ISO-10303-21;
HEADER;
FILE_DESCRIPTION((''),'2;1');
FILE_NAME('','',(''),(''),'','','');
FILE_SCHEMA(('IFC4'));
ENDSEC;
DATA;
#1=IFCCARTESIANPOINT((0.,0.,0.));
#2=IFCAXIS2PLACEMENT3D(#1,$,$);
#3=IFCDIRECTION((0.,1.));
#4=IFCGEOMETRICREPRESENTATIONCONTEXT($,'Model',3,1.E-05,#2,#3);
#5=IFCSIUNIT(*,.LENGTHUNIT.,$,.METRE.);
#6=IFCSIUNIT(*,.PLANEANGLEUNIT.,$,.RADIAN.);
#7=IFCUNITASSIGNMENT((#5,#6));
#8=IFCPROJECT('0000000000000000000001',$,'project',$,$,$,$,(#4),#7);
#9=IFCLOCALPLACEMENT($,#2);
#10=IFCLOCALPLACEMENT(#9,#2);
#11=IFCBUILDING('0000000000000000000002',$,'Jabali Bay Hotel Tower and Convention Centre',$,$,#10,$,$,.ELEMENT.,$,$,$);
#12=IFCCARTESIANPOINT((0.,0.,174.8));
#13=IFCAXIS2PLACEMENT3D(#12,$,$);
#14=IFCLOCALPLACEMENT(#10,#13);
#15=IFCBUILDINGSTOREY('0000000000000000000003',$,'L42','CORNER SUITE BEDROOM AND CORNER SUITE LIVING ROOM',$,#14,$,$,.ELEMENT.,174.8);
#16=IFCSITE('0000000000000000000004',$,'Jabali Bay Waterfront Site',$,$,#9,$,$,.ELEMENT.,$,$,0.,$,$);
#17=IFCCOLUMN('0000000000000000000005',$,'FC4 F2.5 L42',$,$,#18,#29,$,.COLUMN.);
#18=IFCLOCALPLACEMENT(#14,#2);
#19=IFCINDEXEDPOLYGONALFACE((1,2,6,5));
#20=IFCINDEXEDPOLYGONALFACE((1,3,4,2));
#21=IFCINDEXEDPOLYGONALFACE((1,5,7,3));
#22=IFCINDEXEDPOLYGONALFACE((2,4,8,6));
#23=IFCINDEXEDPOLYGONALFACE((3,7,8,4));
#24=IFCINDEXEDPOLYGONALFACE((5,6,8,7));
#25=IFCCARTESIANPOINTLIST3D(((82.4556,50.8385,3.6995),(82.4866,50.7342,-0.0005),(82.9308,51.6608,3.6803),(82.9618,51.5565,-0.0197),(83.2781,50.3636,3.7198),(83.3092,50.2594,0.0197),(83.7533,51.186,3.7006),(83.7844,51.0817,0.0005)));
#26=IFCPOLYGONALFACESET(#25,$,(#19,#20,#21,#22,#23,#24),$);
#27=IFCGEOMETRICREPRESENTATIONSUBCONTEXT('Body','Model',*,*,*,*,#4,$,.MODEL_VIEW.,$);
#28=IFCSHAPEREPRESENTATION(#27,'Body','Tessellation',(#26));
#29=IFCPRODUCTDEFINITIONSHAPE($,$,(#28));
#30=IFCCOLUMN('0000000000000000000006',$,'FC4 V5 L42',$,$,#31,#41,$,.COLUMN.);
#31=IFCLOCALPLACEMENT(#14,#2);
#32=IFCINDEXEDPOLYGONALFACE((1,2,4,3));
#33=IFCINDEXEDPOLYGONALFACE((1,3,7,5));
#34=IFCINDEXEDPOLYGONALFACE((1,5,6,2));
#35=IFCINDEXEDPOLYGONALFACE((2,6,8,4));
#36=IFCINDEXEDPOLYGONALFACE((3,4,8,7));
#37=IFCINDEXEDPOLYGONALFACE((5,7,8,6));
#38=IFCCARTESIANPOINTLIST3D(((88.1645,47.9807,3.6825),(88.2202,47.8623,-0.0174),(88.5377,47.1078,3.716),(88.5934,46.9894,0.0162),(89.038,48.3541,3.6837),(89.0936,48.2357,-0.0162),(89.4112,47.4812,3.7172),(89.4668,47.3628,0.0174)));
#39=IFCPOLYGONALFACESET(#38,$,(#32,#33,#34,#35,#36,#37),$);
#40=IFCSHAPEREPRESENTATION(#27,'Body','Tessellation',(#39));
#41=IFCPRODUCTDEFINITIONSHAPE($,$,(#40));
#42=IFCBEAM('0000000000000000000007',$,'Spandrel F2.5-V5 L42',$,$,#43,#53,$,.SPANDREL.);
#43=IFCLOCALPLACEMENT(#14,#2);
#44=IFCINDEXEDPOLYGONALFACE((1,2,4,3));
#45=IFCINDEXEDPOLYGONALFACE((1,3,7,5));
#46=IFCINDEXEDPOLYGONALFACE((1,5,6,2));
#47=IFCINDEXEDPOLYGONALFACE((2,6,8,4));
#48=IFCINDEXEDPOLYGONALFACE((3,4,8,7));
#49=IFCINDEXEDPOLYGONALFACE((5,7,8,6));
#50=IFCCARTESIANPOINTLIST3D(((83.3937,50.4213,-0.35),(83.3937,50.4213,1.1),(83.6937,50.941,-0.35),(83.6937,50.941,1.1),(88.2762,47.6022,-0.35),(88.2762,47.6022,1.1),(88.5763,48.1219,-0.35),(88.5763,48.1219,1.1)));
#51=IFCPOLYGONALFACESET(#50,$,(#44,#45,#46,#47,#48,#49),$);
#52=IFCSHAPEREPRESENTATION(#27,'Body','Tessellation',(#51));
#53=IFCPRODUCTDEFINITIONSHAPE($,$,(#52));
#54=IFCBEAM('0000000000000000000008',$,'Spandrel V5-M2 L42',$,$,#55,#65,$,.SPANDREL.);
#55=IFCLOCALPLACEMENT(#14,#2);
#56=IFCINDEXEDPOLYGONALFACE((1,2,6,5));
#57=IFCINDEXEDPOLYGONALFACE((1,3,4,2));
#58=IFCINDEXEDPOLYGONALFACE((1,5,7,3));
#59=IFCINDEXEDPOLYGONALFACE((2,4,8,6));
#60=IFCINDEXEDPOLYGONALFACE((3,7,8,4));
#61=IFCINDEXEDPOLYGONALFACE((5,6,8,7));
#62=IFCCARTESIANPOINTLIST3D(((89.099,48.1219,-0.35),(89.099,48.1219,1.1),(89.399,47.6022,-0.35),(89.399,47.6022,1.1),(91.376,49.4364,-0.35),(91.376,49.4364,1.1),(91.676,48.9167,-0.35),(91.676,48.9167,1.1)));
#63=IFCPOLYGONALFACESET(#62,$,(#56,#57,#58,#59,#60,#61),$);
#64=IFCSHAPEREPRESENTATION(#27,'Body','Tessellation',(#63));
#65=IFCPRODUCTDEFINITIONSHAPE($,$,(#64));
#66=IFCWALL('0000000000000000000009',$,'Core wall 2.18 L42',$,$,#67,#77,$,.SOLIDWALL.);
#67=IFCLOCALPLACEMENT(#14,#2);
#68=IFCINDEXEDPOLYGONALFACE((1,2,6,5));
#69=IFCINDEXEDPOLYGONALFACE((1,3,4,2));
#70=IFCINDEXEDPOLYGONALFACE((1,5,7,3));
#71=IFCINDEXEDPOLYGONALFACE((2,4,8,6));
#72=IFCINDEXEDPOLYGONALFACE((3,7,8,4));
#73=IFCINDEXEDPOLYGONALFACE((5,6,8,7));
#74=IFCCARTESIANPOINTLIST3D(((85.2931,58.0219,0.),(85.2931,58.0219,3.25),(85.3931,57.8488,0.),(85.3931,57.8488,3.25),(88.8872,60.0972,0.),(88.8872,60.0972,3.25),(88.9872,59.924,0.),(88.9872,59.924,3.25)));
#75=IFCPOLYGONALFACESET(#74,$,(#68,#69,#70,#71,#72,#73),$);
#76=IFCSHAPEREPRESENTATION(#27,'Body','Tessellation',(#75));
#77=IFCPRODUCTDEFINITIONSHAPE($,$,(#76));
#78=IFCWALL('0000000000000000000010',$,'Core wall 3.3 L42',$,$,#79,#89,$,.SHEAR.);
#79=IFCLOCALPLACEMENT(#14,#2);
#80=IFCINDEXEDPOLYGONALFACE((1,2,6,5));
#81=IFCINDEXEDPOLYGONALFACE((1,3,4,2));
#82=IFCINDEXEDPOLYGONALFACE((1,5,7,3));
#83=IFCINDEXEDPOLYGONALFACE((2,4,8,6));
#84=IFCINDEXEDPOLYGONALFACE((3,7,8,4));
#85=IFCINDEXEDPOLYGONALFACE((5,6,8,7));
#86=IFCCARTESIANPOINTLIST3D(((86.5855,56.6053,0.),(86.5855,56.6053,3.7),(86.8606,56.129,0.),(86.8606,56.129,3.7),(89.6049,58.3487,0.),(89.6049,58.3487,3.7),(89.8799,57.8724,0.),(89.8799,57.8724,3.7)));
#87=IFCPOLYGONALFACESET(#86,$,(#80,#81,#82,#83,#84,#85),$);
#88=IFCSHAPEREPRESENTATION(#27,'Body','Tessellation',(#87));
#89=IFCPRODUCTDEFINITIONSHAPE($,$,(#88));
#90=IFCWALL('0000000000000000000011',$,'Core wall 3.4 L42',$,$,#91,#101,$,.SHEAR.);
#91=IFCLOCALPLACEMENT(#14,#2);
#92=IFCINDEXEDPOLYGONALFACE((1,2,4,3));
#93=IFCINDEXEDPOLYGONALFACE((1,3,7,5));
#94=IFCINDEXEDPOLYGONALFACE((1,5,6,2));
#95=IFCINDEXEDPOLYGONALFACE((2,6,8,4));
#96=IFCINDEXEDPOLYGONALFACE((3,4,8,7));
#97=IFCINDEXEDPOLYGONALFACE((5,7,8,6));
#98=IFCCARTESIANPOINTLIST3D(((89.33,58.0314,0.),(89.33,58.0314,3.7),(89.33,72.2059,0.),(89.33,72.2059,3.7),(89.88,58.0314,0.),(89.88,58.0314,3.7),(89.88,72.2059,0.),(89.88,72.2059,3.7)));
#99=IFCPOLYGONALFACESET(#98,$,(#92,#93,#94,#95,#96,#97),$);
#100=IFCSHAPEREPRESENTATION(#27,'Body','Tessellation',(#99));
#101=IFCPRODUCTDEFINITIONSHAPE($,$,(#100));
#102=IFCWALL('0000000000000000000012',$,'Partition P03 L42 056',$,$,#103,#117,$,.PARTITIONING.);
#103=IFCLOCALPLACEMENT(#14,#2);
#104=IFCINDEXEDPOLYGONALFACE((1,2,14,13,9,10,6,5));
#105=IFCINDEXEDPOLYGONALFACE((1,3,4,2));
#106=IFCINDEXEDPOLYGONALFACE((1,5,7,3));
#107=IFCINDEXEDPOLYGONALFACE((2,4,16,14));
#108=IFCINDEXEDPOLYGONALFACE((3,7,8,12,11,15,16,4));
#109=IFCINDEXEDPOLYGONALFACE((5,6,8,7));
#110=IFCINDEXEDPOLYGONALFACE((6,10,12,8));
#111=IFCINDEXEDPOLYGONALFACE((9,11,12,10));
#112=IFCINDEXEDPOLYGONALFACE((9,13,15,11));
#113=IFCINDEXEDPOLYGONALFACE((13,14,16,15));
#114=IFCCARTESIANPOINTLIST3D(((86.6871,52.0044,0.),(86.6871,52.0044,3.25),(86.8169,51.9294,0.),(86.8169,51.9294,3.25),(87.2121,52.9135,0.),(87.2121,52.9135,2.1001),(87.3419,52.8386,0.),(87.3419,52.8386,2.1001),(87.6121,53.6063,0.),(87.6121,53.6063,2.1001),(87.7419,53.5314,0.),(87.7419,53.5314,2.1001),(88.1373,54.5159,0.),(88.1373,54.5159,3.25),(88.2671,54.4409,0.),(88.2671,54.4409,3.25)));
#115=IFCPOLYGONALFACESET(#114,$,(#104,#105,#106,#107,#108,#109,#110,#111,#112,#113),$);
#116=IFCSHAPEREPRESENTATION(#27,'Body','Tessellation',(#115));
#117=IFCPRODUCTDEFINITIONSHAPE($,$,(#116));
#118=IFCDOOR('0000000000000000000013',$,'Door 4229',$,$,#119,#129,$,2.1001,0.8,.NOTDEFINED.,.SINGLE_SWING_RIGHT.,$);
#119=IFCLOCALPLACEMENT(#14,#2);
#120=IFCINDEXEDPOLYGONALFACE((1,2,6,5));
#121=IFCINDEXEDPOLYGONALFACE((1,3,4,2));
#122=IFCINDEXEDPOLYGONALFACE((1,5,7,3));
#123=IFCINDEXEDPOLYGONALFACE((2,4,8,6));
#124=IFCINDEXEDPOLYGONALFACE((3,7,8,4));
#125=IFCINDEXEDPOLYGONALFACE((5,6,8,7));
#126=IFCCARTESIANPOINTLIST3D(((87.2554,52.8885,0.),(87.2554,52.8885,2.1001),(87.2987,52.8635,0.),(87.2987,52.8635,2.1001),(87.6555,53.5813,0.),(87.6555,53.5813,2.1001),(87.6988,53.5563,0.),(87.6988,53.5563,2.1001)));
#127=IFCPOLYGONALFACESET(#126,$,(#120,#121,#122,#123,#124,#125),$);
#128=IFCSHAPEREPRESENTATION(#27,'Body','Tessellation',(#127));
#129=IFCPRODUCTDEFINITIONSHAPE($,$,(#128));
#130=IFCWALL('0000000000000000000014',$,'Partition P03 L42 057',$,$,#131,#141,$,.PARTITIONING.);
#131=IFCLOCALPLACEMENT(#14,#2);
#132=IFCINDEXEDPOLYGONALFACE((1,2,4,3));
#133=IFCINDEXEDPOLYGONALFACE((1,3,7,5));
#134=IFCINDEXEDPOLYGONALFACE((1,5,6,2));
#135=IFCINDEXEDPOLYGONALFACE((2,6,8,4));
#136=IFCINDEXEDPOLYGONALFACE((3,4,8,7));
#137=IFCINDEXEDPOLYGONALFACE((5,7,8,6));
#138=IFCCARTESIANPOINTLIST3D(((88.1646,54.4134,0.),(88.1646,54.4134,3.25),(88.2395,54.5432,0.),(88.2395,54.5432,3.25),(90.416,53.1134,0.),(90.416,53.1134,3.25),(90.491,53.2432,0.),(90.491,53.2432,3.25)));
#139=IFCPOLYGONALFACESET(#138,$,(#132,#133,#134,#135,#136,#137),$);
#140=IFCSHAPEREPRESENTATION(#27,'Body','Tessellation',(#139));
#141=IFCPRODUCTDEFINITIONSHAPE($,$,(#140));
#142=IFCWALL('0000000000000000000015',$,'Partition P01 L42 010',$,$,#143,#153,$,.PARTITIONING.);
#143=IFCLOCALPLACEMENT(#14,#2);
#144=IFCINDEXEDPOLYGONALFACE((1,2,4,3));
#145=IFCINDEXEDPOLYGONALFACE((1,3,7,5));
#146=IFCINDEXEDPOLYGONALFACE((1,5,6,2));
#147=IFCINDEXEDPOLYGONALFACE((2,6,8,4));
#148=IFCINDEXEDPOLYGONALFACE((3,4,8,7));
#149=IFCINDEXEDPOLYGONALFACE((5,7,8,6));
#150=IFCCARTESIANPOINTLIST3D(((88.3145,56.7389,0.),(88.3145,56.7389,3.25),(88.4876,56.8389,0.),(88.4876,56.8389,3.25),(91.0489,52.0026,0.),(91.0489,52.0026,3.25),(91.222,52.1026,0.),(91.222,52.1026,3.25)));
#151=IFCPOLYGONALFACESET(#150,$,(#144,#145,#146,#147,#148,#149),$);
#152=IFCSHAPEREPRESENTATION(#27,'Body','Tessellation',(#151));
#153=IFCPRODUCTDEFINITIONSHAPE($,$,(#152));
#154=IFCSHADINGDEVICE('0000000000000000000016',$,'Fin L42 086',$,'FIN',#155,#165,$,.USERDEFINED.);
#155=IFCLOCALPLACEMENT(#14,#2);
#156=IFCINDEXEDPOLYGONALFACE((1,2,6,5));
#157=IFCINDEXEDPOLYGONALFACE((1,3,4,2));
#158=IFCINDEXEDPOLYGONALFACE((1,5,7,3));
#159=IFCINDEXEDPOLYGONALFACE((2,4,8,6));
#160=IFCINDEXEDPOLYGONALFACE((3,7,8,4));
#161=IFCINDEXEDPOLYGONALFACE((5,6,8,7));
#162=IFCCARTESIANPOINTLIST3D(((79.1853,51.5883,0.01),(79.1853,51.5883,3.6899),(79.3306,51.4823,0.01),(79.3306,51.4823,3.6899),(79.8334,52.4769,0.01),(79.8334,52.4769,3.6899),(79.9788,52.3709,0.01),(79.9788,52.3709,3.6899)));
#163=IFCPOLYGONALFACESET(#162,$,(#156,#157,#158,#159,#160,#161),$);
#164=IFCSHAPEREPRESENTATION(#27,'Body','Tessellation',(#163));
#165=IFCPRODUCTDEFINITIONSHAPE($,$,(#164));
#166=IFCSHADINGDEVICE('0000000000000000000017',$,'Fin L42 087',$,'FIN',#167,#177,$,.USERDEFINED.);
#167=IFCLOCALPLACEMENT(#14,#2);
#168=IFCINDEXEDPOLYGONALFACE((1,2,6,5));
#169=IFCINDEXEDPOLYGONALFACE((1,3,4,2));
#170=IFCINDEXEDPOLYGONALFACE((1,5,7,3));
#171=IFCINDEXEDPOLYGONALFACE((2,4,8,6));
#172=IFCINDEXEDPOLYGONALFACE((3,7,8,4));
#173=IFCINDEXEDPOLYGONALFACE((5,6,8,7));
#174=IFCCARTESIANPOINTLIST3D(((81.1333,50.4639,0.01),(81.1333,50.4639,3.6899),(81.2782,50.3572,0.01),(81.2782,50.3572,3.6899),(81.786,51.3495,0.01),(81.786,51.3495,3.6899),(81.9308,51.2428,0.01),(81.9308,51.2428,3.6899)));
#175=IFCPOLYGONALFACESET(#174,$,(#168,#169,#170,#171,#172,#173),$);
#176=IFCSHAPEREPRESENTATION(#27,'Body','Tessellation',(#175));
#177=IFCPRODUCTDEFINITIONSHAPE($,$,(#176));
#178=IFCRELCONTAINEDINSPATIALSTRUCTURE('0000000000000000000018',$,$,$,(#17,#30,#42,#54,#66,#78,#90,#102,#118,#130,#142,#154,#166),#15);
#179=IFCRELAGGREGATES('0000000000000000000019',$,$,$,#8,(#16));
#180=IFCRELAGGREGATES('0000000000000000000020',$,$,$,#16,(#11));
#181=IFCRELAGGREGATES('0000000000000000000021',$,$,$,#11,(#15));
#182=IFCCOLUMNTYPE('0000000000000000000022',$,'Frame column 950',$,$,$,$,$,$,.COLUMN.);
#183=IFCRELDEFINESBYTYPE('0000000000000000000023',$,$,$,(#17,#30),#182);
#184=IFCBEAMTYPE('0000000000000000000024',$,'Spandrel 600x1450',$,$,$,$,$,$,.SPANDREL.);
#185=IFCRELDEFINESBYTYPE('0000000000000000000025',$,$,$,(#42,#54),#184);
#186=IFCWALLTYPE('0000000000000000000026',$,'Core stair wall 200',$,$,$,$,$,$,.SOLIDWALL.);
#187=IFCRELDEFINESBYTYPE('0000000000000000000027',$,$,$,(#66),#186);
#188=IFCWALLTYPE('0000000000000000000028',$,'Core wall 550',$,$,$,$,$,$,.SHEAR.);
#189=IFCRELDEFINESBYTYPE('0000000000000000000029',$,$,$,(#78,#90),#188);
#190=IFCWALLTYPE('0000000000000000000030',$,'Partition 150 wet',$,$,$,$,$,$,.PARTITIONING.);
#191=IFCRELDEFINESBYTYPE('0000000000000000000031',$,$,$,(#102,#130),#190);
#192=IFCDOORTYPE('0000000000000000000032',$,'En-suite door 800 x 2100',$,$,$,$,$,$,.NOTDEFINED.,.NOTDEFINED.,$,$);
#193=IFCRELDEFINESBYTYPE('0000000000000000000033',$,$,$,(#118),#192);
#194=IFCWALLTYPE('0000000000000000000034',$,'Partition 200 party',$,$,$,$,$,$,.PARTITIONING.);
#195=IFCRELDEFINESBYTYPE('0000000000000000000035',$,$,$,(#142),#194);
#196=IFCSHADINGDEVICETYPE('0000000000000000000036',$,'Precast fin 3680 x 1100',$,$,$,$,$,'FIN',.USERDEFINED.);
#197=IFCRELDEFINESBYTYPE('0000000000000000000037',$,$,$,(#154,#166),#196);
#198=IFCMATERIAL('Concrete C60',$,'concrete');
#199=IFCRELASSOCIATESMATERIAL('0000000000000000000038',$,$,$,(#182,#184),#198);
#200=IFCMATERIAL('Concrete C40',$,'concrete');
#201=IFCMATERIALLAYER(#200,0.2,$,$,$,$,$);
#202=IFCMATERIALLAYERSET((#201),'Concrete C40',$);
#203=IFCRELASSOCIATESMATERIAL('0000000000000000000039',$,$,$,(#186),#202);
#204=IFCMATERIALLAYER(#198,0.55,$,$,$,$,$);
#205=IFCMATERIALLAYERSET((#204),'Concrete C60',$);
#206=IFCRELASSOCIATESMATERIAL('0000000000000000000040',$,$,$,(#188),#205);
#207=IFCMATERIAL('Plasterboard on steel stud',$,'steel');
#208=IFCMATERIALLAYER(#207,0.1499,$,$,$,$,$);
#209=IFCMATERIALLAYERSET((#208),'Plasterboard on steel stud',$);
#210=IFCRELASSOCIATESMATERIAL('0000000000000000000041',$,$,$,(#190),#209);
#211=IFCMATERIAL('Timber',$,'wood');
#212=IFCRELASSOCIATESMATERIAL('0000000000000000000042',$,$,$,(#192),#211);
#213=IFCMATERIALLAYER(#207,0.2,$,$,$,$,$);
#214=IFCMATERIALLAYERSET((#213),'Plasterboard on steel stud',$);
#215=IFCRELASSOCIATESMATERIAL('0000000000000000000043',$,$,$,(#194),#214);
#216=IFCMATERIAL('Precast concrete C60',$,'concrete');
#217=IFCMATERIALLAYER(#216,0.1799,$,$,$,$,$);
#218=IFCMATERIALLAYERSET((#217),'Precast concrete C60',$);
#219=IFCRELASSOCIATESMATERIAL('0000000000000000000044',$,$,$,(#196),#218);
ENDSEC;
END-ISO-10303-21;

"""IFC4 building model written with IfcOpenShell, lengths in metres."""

from ifc_helpers import new_model, si_unit, direction, frame, frame_2d, origin, origin_2d, place, context, subcontext, project, spatial, rectangle, extrude, material, layer, layer_set, material_profile, profile_set, type_object, element, fill, save


model = new_model("IFC4")

# Units and contexts
model_context = context("Model", 3, precision=1e-05, world=origin(), true_north=direction((0.0, 1.0)))
body_context = subcontext(model_context, "Body", "Model", "MODEL_VIEW")
ifc_project = project(units=[si_unit("LENGTHUNIT", "METRE"), si_unit("PLANEANGLEUNIT", "RADIAN")], contexts=[model_context])

# Site, building, storey
site_placement = place(None, origin())
site = spatial("IfcSite", under=ifc_project, at=site_placement, Name="Jabali Bay Waterfront Site", CompositionType="ELEMENT", RefElevation=0.0)
building_placement = place(site_placement, origin())
building = spatial("IfcBuilding", under=site, at=building_placement, Name="Jabali Bay Hotel Tower and Convention Centre", CompositionType="ELEMENT")
storey_placement = place(building_placement, frame((0.0, 0.0, 174.8)))
storey = spatial("IfcBuildingStorey", under=building, at=storey_placement, Name="L42", Description="CORNER SUITE BEDROOM AND CORNER SUITE LIVING ROOM", CompositionType="ELEMENT", Elevation=174.8)

# Columns
ifc_material_1 = material(Name="Concrete C60", Category="concrete")
ifc_material_profile_1 = material_profile(ifc_material_1, rectangle(XDim=0.95, YDim=0.95, at=origin_2d()), Name="Frame column 950")
ifc_profile_set_1 = profile_set([ifc_material_profile_1], Name="Concrete C60")
column_type = type_object("IfcColumnType", Name="Frame column 950", PredefinedType="COLUMN", material=ifc_profile_set_1)
column_1_placement = place(storey_placement, frame((83.1355, 50.908, 0.0), z_axis=(-0.008376, 0.028163, 0.999568), x_axis=(-0.500235, -0.865654, 0.020198)))
element("IfcColumn", 1, at=column_1_placement, inside=storey, type_object=column_type, Name="FC4 F2.5 L42", PredefinedType="COLUMN", context=body_context, shape_type="SweptSolid", body=[
    extrude(rectangle(XDim=0.95, YDim=0.95, at=origin_2d()), origin(), (0.0, 0.0, 1.0), 3.7017),
])
column_2_placement = place(storey_placement, frame((88.8435, 47.6125, 0.0), z_axis=(-0.015035, 0.031983, 0.999375), x_axis=(0.39284, -0.918929, 0.035318)))
element("IfcColumn", 2, at=column_2_placement, inside=storey, type_object=column_type, Name="FC4 V5 L42", PredefinedType="COLUMN", context=body_context, shape_type="SweptSolid", body=[
    extrude(rectangle(XDim=0.95, YDim=0.95, at=origin_2d()), origin(), (0.0, 0.0, 1.0), 3.7021),
])

# Beams
ifc_material_profile_2 = material_profile(ifc_material_1, rectangle(XDim=0.6001, YDim=1.45, at=origin_2d()), Name="Spandrel 600x1450")
ifc_profile_set_2 = profile_set([ifc_material_profile_2], Name="Concrete C60")
beam_type = type_object("IfcBeamType", Name="Spandrel 600x1450", PredefinedType="SPANDREL", material=ifc_profile_set_2)
beam_1_placement = place(storey_placement, frame((83.5437, 50.6812, 0.375), z_axis=(0.866015, -0.500019, 0.0), x_axis=(0.500019, 0.866015, 0.0)))
element("IfcBeam", 3, at=beam_1_placement, inside=storey, type_object=beam_type, Name="Spandrel F2.5-V5 L42", PredefinedType="SPANDREL", context=body_context, shape_type="SweptSolid", body=[
    extrude(rectangle(XDim=0.6001, YDim=1.45, at=origin_2d()), origin(), (0.0, 0.0, 1.0), 5.6379),
])
beam_2_placement = place(storey_placement, frame((89.249, 47.8621, 0.375), z_axis=(0.86604, 0.499974, 0.0), x_axis=(-0.499974, 0.86604, 0.0)))
element("IfcBeam", 4, at=beam_2_placement, inside=storey, type_object=beam_type, Name="Spandrel V5-M2 L42", PredefinedType="SPANDREL", context=body_context, shape_type="SweptSolid", body=[
    extrude(rectangle(XDim=0.6001, YDim=1.45, at=origin_2d()), origin(), (0.0, 0.0, 1.0), 2.6292),
])

# Walls
ifc_material_2 = material(Name="Concrete C40", Category="concrete")
ifc_layer_1 = layer(ifc_material_2, 0.2)
ifc_layer_set_1 = layer_set([ifc_layer_1], Name="Concrete C40")
wall_type_1 = type_object("IfcWallType", Name="Core stair wall 200", PredefinedType="SOLIDWALL", material=ifc_layer_set_1)
wall_1_placement = place(storey_placement, frame((85.343, 57.9353, 0.0), z_axis=(0.0, 0.0, 1.0), x_axis=(0.866004, 0.500036, 0.0)))
element("IfcWall", 5, at=wall_1_placement, inside=storey, type_object=wall_type_1, Name="Core wall 2.18 L42", PredefinedType="SOLIDWALL", context=body_context, shape_type="SweptSolid", body=[
    extrude(rectangle(XDim=4.1501, YDim=0.2, at=frame_2d((2.0752, 0.0))), origin(), (0.0, 0.0, 1.0), 3.25),
])
ifc_layer_2 = layer(ifc_material_1, 0.55)
ifc_layer_set_2 = layer_set([ifc_layer_2], Name="Concrete C60")
wall_type_2 = type_object("IfcWallType", Name="Core wall 550", PredefinedType="SHEAR", material=ifc_layer_set_2)
wall_2_placement = place(storey_placement, frame((86.7231, 56.3672, 0.0), z_axis=(0.0, 0.0, 1.0), x_axis=(0.865998, 0.500048, 0.0)))
element("IfcWall", 6, at=wall_2_placement, inside=storey, type_object=wall_type_2, Name="Core wall 3.3 L42", PredefinedType="SHEAR", context=body_context, shape_type="SweptSolid", body=[
    extrude(rectangle(XDim=3.4866, YDim=0.55, at=frame_2d((1.7432, 0.0))), origin(), (0.0, 0.0, 1.0), 3.7),
])
wall_3_placement = place(storey_placement, frame((89.605, 58.0312, 0.0), z_axis=(0.0, 0.0, 1.0), x_axis=(0.0, 1.0, 0.0)))
element("IfcWall", 7, at=wall_3_placement, inside=storey, type_object=wall_type_2, Name="Core wall 3.4 L42", PredefinedType="SHEAR", context=body_context, shape_type="SweptSolid", body=[
    extrude(rectangle(XDim=14.1746, YDim=0.55, at=frame_2d((7.0874, 0.0))), origin(), (0.0, 0.0, 1.0), 3.7),
])

# Wall, opening, door
ifc_material_3 = material(Name="Plasterboard on steel stud", Category="steel")
ifc_layer_3 = layer(ifc_material_3, 0.1499)
ifc_layer_set_3 = layer_set([ifc_layer_3], Name="Plasterboard on steel stud")
wall_type_3 = type_object("IfcWallType", Name="Partition 150 wet", PredefinedType="PARTITIONING", material=ifc_layer_set_3)
wall_4_placement = place(storey_placement, frame((86.752, 51.9668, 0.0), z_axis=(0.0, 0.0, 1.0), x_axis=(0.50005, 0.865996, 0.0)))
wall_4 = element("IfcWall", 8, at=wall_4_placement, inside=storey, type_object=wall_type_3, Name="Partition P03 L42 056", PredefinedType="PARTITIONING", context=body_context, shape_type="SweptSolid", body=[
    extrude(rectangle(XDim=2.9001, YDim=0.1499, at=frame_2d((1.4502, 0.0))), origin(), (0.0, 0.0, 1.0), 3.25),
])
opening_1_placement = place(wall_4_placement, frame((1.05, 0.0, 0.0)))
opening_1 = element("IfcOpeningElement", 9, at=opening_1_placement, cuts=wall_4, PredefinedType="OPENING", context=body_context, shape_type="SweptSolid", body=[
    extrude(rectangle(XDim=0.8, YDim=2.1001, at=frame_2d((0.3999, 1.05))), frame((0.0, 0.0854, 0.0), z_axis=(0.0, -1.0, 0.0), x_axis=(1.0, 0.0, 0.0)), (0.0, 0.0, 1.0), 0.1709),
])
ifc_material_4 = material(Name="Timber", Category="wood")
door_type_1 = type_object("IfcDoorType", Name="En-suite door 800 x 2100", OperationType="NOTDEFINED", PredefinedType="NOTDEFINED", material=ifc_material_4)
door_1_placement = place(opening_1_placement, origin())
door_1 = element("IfcDoor", 10, at=door_1_placement, inside=storey, type_object=door_type_1, Name="Door 4229", OperationType="SINGLE_SWING_RIGHT", OverallHeight=2.1001, OverallWidth=0.8, PredefinedType="NOTDEFINED", context=body_context, shape_type="SweptSolid", body=[
    extrude(rectangle(XDim=0.8, YDim=2.1001, at=frame_2d((0.3999, 1.05))), frame((0.0, 0.0249, 0.0), z_axis=(0.0, -1.0, 0.0), x_axis=(1.0, 0.0, 0.0)), (0.0, 0.0, 1.0), 0.05),
])
fill(opening_1, door_1)

# Walls
wall_5_placement = place(storey_placement, frame((88.2021, 54.4783, 0.0), z_axis=(0.0, 0.0, 1.0), x_axis=(0.865998, -0.500048, 0.0)))
element("IfcWall", 11, at=wall_5_placement, inside=storey, type_object=wall_type_3, Name="Partition P03 L42 057", PredefinedType="PARTITIONING", context=body_context, shape_type="SweptSolid", body=[
    extrude(rectangle(XDim=2.5999, YDim=0.1499, at=frame_2d((1.2998, 0.0))), origin(), (0.0, 0.0, 1.0), 3.25),
])
ifc_layer_4 = layer(ifc_material_3, 0.2)
ifc_layer_set_4 = layer_set([ifc_layer_4], Name="Plasterboard on steel stud")
wall_type_4 = type_object("IfcWallType", Name="Partition 200 party", PredefinedType="PARTITIONING", material=ifc_layer_set_4)
wall_6_placement = place(storey_placement, frame((88.4011, 56.7888, 0.0), z_axis=(0.0, 0.0, 1.0), x_axis=(0.49998, -0.866037, 0.0)))
element("IfcWall", 12, at=wall_6_placement, inside=storey, type_object=wall_type_4, Name="Partition P01 L42 010", PredefinedType="PARTITIONING", context=body_context, shape_type="SweptSolid", body=[
    extrude(rectangle(XDim=5.469, YDim=0.2, at=frame_2d((2.7344, 0.0))), origin(), (0.0, 0.0, 1.0), 3.25),
])

# Shading devices
ifc_material_5 = material(Name="Precast concrete C60", Category="concrete")
ifc_layer_5 = layer(ifc_material_5, 0.1799)
ifc_layer_set_5 = layer_set([ifc_layer_5], Name="Precast concrete C60")
shading_device_type_1 = type_object("IfcShadingDeviceType", Name="Precast fin 3680 x 1100", ElementType="FIN", PredefinedType="USERDEFINED", material=ifc_layer_set_5)
shading_device_1_placement = place(storey_placement, frame((79.906, 52.4238, 0.01), z_axis=(0.0, 0.0, 1.0), x_axis=(-0.589293, -0.807919, 0.0)))
element("IfcShadingDevice", 13, at=shading_device_1_placement, inside=storey, type_object=shading_device_type_1, Name="Fin L42 086", ObjectType="FIN", PredefinedType="USERDEFINED", context=body_context, shape_type="SweptSolid", body=[
    extrude(rectangle(XDim=1.0999, YDim=0.1799, at=frame_2d((0.5498, 0.0))), origin(), (0.0, 0.0, 1.0), 3.6799),
])
shading_device_2_placement = place(storey_placement, frame((81.8584, 51.2961, 0.01), z_axis=(0.0, 0.0, 1.0), x_axis=(-0.593267, -0.805006, 0.0)))
element("IfcShadingDevice", 14, at=shading_device_2_placement, inside=storey, type_object=shading_device_type_1, Name="Fin L42 087", ObjectType="FIN", PredefinedType="USERDEFINED", context=body_context, shape_type="SweptSolid", body=[
    extrude(rectangle(XDim=1.1001, YDim=0.1799, at=frame_2d((0.55, 0.0))), origin(), (0.0, 0.0, 1.0), 3.6799),
])

save(model, "model.ifc")
